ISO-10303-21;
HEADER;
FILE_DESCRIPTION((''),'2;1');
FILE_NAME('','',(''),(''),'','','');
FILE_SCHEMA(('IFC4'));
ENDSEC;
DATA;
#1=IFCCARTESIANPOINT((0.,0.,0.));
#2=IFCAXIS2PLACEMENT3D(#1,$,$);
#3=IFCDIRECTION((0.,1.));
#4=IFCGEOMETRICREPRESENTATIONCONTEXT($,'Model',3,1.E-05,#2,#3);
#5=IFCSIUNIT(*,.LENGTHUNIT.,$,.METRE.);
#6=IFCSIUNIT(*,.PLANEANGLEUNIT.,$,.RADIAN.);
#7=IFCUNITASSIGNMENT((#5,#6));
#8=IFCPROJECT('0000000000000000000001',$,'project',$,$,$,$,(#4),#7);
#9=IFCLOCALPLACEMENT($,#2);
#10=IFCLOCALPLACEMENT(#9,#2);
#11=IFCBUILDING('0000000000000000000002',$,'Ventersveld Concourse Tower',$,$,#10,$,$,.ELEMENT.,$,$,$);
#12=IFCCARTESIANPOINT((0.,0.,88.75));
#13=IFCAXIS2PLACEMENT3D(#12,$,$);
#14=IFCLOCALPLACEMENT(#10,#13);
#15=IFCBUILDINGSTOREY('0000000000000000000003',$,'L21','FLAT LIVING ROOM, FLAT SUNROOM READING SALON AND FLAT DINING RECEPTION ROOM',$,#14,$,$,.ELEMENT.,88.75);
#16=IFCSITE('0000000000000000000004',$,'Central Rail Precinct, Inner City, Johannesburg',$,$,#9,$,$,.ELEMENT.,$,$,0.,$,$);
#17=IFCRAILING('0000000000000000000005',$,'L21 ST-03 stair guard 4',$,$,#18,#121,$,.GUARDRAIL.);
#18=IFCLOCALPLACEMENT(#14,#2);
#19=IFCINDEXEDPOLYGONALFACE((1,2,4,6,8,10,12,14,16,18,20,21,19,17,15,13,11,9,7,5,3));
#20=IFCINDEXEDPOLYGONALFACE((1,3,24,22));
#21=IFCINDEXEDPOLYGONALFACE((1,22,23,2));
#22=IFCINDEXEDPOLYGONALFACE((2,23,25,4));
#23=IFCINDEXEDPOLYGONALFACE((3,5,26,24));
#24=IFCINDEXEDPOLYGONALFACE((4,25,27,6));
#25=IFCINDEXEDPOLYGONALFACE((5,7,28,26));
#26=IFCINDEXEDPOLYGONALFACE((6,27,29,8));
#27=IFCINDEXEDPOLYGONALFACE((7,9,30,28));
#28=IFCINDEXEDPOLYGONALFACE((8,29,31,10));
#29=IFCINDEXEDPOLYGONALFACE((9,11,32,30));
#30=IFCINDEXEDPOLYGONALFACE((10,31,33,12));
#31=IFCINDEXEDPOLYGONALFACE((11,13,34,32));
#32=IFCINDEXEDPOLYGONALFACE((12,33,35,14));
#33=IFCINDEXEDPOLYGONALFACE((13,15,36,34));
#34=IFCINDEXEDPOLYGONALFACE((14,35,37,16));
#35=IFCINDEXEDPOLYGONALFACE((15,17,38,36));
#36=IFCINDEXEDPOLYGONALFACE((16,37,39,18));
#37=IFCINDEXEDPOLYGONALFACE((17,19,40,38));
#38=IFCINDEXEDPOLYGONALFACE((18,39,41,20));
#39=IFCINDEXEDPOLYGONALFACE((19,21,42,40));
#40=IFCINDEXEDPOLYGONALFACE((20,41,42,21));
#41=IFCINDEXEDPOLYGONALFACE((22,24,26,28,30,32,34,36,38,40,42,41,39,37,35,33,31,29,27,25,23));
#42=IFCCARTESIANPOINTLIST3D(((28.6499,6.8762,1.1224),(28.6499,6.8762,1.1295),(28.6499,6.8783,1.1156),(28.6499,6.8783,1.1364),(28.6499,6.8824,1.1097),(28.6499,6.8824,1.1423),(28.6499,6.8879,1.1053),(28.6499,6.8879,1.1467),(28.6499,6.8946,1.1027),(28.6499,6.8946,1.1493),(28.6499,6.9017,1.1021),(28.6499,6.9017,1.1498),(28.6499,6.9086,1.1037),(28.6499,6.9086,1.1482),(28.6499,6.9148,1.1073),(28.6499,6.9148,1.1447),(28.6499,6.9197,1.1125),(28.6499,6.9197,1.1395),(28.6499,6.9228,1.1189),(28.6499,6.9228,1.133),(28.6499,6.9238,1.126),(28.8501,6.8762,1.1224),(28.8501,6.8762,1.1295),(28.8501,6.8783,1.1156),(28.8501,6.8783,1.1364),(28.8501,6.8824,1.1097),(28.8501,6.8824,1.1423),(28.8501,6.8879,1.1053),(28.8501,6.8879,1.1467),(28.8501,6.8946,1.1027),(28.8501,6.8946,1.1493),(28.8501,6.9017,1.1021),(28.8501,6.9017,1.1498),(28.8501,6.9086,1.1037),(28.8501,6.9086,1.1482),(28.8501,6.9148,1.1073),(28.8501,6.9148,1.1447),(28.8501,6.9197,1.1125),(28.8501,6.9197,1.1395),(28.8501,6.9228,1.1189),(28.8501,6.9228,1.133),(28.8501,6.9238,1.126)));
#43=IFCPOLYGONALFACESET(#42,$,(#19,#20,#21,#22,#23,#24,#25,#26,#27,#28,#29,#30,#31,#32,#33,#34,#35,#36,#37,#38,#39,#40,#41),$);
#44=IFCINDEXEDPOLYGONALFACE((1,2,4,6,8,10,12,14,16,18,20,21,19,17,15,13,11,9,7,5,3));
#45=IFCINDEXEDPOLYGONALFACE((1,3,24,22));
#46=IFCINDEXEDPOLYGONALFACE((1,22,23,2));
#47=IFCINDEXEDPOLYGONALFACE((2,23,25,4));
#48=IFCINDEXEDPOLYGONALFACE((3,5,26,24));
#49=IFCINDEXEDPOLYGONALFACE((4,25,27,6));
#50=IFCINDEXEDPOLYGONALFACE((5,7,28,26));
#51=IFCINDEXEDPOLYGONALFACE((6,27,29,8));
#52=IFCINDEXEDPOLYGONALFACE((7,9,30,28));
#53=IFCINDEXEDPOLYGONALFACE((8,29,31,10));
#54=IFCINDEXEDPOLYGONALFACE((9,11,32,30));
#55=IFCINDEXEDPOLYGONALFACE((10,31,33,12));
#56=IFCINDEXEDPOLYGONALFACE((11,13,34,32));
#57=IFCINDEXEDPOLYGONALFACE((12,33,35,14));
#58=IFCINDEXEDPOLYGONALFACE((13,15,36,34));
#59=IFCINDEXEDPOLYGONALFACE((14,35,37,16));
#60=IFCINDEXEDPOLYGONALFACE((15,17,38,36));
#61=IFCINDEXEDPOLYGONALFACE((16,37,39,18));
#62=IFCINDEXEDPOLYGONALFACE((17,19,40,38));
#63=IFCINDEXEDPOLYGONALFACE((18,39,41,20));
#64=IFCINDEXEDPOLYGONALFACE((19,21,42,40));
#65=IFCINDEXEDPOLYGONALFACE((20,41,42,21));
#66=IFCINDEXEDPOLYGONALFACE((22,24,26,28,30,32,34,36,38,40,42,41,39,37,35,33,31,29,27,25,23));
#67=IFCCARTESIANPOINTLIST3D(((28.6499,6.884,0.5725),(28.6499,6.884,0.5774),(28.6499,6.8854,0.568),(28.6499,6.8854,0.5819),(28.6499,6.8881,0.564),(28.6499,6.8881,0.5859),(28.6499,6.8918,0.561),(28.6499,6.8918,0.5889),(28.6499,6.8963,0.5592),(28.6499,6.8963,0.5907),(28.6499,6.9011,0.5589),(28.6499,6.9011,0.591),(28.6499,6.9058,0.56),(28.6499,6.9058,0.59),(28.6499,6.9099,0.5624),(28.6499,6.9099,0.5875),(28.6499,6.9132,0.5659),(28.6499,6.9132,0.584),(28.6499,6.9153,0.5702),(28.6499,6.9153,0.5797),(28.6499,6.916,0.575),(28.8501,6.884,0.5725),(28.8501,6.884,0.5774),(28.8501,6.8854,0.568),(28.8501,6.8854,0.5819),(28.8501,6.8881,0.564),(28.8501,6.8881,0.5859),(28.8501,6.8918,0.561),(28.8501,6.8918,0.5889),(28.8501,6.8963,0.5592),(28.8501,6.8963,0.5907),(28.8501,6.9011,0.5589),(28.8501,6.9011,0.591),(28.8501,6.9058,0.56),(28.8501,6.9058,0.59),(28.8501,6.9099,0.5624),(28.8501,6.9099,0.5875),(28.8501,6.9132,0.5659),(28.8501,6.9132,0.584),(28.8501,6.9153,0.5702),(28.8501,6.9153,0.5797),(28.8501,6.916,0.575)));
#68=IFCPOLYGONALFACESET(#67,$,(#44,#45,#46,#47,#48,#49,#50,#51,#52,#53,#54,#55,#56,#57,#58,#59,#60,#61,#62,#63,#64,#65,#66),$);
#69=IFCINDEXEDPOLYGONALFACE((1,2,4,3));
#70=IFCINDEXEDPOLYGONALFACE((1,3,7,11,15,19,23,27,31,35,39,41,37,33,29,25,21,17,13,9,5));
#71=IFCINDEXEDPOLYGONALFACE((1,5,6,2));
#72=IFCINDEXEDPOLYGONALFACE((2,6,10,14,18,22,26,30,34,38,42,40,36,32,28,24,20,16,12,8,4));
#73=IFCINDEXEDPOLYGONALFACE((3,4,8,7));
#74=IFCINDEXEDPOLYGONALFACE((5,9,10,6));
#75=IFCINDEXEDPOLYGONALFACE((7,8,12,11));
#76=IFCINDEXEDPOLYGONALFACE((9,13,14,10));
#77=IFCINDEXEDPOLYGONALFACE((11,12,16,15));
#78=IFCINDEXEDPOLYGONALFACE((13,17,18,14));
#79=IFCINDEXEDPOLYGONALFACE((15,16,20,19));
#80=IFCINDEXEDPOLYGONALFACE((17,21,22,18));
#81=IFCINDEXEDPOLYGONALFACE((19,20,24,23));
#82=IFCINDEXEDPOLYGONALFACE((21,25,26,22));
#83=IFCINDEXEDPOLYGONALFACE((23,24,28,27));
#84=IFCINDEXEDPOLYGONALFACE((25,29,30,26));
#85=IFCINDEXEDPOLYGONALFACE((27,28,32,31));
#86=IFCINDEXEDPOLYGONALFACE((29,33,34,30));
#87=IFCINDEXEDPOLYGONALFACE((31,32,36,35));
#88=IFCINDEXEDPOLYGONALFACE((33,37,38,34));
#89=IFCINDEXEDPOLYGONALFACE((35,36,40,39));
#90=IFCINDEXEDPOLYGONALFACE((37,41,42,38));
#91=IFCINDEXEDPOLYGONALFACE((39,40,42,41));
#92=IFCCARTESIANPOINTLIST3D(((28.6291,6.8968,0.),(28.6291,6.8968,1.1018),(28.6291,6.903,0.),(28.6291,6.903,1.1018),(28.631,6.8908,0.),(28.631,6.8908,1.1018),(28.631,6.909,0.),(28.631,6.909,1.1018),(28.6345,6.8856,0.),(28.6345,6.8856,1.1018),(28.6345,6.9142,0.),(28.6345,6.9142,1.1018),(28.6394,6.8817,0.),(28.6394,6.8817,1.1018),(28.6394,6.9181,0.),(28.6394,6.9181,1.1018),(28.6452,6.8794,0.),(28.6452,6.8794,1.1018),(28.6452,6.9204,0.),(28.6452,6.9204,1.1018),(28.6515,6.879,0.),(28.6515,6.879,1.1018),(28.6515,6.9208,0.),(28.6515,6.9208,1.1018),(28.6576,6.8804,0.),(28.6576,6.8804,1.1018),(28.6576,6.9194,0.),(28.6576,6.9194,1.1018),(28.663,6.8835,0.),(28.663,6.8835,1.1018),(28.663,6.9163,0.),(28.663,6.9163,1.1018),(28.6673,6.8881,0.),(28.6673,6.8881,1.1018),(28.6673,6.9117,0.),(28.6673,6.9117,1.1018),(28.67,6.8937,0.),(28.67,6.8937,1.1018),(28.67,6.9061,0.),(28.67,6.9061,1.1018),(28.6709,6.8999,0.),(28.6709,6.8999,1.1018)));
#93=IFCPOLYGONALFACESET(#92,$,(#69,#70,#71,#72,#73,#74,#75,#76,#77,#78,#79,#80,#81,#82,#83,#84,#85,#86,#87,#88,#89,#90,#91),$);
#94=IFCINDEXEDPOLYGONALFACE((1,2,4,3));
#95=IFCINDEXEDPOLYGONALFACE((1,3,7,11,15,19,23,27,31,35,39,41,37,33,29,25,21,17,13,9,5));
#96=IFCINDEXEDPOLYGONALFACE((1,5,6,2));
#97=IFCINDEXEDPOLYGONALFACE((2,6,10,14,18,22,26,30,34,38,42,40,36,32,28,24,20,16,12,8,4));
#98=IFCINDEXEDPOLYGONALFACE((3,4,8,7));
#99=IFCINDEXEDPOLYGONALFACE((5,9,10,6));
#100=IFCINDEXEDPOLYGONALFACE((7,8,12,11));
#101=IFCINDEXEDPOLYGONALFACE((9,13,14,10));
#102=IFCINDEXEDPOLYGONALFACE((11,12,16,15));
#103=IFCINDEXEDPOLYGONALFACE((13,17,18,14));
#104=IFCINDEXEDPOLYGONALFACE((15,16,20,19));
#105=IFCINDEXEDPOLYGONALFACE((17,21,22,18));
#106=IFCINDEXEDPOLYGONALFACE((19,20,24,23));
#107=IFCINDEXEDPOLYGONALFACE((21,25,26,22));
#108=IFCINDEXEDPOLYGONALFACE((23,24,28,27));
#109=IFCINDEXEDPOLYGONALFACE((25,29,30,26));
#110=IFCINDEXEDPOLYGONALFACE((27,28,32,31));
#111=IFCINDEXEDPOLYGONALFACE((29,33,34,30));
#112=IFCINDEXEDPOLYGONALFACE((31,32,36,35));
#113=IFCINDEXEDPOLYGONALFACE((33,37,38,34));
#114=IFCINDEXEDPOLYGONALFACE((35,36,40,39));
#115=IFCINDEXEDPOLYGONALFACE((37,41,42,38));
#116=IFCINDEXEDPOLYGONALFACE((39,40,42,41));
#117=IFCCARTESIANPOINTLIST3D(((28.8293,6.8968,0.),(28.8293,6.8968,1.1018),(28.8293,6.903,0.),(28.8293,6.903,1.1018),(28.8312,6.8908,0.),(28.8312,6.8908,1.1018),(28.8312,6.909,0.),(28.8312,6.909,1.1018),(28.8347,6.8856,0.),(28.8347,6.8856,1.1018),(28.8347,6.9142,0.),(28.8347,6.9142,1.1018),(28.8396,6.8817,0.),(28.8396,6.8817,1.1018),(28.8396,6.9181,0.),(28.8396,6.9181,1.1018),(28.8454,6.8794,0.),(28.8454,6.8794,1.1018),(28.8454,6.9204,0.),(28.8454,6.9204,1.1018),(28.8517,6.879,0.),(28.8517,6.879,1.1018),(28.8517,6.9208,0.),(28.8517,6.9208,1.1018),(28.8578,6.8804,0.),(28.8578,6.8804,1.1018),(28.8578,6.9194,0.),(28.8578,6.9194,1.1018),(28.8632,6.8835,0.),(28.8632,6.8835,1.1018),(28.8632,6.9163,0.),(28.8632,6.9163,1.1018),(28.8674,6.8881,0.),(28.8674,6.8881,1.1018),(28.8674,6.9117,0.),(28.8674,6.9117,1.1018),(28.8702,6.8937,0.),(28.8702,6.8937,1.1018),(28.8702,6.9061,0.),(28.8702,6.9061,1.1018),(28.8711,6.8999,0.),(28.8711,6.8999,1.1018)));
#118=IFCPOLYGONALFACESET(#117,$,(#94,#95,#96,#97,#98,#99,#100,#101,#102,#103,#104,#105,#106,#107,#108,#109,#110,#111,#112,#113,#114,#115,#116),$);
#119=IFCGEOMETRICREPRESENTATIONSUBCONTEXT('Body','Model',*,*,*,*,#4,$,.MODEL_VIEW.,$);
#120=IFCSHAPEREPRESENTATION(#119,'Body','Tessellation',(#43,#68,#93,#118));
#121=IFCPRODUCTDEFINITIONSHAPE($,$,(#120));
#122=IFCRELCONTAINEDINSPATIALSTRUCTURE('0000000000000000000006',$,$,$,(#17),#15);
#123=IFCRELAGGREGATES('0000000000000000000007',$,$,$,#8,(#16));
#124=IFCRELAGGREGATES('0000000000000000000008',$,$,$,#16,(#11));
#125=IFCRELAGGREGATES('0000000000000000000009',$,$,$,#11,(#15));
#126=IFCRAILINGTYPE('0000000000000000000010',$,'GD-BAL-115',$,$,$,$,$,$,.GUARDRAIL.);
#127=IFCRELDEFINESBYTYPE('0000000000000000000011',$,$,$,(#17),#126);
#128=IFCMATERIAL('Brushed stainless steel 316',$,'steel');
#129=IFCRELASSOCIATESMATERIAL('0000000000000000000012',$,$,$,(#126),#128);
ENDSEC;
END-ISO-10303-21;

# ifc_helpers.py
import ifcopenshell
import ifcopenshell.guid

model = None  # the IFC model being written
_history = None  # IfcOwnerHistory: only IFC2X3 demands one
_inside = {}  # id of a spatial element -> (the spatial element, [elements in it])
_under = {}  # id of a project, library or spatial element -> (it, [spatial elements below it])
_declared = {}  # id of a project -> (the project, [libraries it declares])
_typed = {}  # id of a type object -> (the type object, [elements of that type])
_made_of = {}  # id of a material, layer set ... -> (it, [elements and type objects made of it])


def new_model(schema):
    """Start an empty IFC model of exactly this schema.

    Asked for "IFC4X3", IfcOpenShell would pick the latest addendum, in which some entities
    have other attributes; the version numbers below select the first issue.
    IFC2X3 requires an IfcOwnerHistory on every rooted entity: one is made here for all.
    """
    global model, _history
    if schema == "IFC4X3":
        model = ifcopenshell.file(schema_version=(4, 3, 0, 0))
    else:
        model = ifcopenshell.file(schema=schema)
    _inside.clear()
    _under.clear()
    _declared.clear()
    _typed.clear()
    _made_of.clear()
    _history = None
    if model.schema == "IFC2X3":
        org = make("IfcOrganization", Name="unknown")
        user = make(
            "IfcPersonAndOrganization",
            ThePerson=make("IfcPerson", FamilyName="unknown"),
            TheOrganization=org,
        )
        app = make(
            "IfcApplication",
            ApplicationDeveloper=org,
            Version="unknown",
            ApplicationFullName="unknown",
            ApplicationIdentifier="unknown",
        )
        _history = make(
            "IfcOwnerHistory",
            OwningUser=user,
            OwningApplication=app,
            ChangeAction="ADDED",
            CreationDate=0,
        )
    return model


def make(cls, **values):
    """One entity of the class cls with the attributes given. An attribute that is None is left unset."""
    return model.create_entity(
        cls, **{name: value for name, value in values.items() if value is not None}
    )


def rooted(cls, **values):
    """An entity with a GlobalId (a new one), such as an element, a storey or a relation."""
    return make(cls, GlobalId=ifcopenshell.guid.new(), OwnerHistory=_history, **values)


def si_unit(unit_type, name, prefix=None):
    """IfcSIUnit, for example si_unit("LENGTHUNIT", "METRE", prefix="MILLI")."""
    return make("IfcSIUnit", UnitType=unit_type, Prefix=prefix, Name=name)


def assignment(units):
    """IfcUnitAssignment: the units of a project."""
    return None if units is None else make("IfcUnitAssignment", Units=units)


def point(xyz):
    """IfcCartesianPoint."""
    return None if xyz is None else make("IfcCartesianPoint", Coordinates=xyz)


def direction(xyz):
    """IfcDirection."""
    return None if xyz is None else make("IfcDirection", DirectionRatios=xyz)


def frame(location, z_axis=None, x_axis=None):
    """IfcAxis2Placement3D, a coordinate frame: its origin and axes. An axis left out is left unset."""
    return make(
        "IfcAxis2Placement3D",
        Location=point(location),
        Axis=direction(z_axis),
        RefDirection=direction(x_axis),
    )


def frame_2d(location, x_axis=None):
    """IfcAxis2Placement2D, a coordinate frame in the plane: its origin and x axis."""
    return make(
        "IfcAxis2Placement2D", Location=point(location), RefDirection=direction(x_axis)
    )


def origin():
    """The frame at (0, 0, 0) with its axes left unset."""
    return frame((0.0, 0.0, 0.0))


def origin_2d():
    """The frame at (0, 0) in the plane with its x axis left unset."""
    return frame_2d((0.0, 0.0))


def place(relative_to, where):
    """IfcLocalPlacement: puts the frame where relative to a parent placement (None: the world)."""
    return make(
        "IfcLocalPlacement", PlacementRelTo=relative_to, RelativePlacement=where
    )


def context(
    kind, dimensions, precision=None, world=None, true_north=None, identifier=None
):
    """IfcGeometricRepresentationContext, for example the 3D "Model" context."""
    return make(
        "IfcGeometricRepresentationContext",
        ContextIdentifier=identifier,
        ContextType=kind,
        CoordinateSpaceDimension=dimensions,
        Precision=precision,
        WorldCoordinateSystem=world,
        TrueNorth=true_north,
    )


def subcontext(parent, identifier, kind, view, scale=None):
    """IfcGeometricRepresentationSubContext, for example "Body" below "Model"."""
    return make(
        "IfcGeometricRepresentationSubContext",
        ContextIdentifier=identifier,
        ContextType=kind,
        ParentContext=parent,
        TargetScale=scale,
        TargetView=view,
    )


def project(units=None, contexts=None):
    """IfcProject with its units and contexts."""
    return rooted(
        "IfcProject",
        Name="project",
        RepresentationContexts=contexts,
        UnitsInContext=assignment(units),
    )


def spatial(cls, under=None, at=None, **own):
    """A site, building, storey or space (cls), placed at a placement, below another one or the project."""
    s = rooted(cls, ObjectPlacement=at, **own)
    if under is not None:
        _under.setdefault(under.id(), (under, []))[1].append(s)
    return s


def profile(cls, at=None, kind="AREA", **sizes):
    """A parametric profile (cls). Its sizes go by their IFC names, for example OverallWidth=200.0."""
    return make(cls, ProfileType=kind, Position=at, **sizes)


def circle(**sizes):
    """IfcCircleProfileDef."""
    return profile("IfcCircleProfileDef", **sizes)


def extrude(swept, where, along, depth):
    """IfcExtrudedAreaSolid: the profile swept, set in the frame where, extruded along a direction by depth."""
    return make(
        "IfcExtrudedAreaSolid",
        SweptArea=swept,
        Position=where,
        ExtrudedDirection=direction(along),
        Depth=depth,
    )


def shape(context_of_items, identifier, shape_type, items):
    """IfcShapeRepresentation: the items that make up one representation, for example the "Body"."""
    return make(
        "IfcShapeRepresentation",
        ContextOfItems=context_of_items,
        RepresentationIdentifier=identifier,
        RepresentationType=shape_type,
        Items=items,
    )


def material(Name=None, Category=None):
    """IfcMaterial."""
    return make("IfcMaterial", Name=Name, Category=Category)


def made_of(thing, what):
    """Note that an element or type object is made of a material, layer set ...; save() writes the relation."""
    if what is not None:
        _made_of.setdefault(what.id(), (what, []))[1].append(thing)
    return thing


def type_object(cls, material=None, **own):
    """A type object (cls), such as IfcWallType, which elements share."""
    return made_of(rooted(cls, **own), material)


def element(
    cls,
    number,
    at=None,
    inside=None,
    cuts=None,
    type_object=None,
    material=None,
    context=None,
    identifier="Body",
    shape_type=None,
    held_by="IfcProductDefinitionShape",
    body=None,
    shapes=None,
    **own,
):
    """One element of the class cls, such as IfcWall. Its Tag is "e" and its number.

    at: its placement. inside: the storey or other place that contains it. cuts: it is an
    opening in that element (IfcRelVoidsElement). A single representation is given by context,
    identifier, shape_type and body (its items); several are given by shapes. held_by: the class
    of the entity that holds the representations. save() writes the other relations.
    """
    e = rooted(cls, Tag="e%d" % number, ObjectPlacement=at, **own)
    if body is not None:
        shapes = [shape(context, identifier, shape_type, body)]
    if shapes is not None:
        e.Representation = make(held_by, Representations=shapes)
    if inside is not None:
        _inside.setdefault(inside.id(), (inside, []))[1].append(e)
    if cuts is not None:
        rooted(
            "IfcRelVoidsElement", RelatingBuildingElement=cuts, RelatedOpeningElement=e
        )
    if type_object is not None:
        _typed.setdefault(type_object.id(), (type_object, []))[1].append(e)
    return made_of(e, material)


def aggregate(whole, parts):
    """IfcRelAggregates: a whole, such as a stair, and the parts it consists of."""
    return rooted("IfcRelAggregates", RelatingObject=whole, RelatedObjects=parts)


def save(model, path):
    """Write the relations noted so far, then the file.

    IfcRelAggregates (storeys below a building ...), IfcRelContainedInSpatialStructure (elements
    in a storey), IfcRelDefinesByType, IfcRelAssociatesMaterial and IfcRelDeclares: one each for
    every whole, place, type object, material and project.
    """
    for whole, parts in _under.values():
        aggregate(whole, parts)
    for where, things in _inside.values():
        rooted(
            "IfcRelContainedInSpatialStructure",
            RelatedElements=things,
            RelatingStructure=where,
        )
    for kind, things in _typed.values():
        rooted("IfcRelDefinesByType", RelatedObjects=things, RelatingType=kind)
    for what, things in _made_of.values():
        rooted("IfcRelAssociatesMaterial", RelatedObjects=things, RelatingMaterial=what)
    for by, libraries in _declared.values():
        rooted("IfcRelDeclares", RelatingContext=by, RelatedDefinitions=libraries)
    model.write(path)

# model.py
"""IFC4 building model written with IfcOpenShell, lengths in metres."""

from ifc_helpers import new_model, si_unit, direction, frame, origin, origin_2d, place, context, subcontext, project, spatial, circle, extrude, material, type_object, element, save


model = new_model("IFC4")

# Units and contexts
model_context = context("Model", 3, precision=1e-05, world=origin(), true_north=direction((0.0, 1.0)))
body_context = subcontext(model_context, "Body", "Model", "MODEL_VIEW")
ifc_project = project(units=[si_unit("LENGTHUNIT", "METRE"), si_unit("PLANEANGLEUNIT", "RADIAN")], contexts=[model_context])

# Site, building, storey
site_placement = place(None, origin())
site = spatial("IfcSite", under=ifc_project, at=site_placement, Name="Central Rail Precinct, Inner City, Johannesburg", CompositionType="ELEMENT", RefElevation=0.0)
building_placement = place(site_placement, origin())
building = spatial("IfcBuilding", under=site, at=building_placement, Name="Ventersveld Concourse Tower", CompositionType="ELEMENT")
storey_placement = place(building_placement, frame((0.0, 0.0, 88.75)))
storey = spatial("IfcBuildingStorey", under=building, at=storey_placement, Name="L21", Description="FLAT LIVING ROOM, FLAT SUNROOM READING SALON AND FLAT DINING RECEPTION ROOM", CompositionType="ELEMENT", Elevation=88.75)

# Shared definitions
ifc_material_1 = material(Name="Brushed stainless steel 316", Category="steel")

# Railing
railing_type = type_object("IfcRailingType", Name="GD-BAL-115", PredefinedType="GUARDRAIL", material=ifc_material_1)
railing_1_placement = place(storey_placement, frame((28.6499, 6.8999, 0.0)))
element("IfcRailing", 1, at=railing_1_placement, inside=storey, type_object=railing_type, Name="L21 ST-03 stair guard 4", PredefinedType="GUARDRAIL", context=body_context, shape_type="SweptSolid", body=[
    extrude(circle(Radius=0.0239, at=origin_2d()), frame((0.0, 0.0, 1.126), z_axis=(1.0, 0.0, 0.0), x_axis=(0.0, 1.0, 0.0)), (0.0, 0.0, 1.0), 0.2002),
    extrude(circle(Radius=0.0161, at=origin_2d()), frame((0.0, 0.0, 0.575), z_axis=(1.0, 0.0, 0.0), x_axis=(0.0, 1.0, 0.0)), (0.0, 0.0, 1.0), 0.2002),
    extrude(circle(Radius=0.021, at=origin_2d()), origin(), (0.0, 0.0, 1.0), 1.1018),
    extrude(circle(Radius=0.021, at=origin_2d()), frame((0.2002, 0.0, 0.0)), (0.0, 0.0, 1.0), 1.1018),
])

save(model, "model.ifc")
